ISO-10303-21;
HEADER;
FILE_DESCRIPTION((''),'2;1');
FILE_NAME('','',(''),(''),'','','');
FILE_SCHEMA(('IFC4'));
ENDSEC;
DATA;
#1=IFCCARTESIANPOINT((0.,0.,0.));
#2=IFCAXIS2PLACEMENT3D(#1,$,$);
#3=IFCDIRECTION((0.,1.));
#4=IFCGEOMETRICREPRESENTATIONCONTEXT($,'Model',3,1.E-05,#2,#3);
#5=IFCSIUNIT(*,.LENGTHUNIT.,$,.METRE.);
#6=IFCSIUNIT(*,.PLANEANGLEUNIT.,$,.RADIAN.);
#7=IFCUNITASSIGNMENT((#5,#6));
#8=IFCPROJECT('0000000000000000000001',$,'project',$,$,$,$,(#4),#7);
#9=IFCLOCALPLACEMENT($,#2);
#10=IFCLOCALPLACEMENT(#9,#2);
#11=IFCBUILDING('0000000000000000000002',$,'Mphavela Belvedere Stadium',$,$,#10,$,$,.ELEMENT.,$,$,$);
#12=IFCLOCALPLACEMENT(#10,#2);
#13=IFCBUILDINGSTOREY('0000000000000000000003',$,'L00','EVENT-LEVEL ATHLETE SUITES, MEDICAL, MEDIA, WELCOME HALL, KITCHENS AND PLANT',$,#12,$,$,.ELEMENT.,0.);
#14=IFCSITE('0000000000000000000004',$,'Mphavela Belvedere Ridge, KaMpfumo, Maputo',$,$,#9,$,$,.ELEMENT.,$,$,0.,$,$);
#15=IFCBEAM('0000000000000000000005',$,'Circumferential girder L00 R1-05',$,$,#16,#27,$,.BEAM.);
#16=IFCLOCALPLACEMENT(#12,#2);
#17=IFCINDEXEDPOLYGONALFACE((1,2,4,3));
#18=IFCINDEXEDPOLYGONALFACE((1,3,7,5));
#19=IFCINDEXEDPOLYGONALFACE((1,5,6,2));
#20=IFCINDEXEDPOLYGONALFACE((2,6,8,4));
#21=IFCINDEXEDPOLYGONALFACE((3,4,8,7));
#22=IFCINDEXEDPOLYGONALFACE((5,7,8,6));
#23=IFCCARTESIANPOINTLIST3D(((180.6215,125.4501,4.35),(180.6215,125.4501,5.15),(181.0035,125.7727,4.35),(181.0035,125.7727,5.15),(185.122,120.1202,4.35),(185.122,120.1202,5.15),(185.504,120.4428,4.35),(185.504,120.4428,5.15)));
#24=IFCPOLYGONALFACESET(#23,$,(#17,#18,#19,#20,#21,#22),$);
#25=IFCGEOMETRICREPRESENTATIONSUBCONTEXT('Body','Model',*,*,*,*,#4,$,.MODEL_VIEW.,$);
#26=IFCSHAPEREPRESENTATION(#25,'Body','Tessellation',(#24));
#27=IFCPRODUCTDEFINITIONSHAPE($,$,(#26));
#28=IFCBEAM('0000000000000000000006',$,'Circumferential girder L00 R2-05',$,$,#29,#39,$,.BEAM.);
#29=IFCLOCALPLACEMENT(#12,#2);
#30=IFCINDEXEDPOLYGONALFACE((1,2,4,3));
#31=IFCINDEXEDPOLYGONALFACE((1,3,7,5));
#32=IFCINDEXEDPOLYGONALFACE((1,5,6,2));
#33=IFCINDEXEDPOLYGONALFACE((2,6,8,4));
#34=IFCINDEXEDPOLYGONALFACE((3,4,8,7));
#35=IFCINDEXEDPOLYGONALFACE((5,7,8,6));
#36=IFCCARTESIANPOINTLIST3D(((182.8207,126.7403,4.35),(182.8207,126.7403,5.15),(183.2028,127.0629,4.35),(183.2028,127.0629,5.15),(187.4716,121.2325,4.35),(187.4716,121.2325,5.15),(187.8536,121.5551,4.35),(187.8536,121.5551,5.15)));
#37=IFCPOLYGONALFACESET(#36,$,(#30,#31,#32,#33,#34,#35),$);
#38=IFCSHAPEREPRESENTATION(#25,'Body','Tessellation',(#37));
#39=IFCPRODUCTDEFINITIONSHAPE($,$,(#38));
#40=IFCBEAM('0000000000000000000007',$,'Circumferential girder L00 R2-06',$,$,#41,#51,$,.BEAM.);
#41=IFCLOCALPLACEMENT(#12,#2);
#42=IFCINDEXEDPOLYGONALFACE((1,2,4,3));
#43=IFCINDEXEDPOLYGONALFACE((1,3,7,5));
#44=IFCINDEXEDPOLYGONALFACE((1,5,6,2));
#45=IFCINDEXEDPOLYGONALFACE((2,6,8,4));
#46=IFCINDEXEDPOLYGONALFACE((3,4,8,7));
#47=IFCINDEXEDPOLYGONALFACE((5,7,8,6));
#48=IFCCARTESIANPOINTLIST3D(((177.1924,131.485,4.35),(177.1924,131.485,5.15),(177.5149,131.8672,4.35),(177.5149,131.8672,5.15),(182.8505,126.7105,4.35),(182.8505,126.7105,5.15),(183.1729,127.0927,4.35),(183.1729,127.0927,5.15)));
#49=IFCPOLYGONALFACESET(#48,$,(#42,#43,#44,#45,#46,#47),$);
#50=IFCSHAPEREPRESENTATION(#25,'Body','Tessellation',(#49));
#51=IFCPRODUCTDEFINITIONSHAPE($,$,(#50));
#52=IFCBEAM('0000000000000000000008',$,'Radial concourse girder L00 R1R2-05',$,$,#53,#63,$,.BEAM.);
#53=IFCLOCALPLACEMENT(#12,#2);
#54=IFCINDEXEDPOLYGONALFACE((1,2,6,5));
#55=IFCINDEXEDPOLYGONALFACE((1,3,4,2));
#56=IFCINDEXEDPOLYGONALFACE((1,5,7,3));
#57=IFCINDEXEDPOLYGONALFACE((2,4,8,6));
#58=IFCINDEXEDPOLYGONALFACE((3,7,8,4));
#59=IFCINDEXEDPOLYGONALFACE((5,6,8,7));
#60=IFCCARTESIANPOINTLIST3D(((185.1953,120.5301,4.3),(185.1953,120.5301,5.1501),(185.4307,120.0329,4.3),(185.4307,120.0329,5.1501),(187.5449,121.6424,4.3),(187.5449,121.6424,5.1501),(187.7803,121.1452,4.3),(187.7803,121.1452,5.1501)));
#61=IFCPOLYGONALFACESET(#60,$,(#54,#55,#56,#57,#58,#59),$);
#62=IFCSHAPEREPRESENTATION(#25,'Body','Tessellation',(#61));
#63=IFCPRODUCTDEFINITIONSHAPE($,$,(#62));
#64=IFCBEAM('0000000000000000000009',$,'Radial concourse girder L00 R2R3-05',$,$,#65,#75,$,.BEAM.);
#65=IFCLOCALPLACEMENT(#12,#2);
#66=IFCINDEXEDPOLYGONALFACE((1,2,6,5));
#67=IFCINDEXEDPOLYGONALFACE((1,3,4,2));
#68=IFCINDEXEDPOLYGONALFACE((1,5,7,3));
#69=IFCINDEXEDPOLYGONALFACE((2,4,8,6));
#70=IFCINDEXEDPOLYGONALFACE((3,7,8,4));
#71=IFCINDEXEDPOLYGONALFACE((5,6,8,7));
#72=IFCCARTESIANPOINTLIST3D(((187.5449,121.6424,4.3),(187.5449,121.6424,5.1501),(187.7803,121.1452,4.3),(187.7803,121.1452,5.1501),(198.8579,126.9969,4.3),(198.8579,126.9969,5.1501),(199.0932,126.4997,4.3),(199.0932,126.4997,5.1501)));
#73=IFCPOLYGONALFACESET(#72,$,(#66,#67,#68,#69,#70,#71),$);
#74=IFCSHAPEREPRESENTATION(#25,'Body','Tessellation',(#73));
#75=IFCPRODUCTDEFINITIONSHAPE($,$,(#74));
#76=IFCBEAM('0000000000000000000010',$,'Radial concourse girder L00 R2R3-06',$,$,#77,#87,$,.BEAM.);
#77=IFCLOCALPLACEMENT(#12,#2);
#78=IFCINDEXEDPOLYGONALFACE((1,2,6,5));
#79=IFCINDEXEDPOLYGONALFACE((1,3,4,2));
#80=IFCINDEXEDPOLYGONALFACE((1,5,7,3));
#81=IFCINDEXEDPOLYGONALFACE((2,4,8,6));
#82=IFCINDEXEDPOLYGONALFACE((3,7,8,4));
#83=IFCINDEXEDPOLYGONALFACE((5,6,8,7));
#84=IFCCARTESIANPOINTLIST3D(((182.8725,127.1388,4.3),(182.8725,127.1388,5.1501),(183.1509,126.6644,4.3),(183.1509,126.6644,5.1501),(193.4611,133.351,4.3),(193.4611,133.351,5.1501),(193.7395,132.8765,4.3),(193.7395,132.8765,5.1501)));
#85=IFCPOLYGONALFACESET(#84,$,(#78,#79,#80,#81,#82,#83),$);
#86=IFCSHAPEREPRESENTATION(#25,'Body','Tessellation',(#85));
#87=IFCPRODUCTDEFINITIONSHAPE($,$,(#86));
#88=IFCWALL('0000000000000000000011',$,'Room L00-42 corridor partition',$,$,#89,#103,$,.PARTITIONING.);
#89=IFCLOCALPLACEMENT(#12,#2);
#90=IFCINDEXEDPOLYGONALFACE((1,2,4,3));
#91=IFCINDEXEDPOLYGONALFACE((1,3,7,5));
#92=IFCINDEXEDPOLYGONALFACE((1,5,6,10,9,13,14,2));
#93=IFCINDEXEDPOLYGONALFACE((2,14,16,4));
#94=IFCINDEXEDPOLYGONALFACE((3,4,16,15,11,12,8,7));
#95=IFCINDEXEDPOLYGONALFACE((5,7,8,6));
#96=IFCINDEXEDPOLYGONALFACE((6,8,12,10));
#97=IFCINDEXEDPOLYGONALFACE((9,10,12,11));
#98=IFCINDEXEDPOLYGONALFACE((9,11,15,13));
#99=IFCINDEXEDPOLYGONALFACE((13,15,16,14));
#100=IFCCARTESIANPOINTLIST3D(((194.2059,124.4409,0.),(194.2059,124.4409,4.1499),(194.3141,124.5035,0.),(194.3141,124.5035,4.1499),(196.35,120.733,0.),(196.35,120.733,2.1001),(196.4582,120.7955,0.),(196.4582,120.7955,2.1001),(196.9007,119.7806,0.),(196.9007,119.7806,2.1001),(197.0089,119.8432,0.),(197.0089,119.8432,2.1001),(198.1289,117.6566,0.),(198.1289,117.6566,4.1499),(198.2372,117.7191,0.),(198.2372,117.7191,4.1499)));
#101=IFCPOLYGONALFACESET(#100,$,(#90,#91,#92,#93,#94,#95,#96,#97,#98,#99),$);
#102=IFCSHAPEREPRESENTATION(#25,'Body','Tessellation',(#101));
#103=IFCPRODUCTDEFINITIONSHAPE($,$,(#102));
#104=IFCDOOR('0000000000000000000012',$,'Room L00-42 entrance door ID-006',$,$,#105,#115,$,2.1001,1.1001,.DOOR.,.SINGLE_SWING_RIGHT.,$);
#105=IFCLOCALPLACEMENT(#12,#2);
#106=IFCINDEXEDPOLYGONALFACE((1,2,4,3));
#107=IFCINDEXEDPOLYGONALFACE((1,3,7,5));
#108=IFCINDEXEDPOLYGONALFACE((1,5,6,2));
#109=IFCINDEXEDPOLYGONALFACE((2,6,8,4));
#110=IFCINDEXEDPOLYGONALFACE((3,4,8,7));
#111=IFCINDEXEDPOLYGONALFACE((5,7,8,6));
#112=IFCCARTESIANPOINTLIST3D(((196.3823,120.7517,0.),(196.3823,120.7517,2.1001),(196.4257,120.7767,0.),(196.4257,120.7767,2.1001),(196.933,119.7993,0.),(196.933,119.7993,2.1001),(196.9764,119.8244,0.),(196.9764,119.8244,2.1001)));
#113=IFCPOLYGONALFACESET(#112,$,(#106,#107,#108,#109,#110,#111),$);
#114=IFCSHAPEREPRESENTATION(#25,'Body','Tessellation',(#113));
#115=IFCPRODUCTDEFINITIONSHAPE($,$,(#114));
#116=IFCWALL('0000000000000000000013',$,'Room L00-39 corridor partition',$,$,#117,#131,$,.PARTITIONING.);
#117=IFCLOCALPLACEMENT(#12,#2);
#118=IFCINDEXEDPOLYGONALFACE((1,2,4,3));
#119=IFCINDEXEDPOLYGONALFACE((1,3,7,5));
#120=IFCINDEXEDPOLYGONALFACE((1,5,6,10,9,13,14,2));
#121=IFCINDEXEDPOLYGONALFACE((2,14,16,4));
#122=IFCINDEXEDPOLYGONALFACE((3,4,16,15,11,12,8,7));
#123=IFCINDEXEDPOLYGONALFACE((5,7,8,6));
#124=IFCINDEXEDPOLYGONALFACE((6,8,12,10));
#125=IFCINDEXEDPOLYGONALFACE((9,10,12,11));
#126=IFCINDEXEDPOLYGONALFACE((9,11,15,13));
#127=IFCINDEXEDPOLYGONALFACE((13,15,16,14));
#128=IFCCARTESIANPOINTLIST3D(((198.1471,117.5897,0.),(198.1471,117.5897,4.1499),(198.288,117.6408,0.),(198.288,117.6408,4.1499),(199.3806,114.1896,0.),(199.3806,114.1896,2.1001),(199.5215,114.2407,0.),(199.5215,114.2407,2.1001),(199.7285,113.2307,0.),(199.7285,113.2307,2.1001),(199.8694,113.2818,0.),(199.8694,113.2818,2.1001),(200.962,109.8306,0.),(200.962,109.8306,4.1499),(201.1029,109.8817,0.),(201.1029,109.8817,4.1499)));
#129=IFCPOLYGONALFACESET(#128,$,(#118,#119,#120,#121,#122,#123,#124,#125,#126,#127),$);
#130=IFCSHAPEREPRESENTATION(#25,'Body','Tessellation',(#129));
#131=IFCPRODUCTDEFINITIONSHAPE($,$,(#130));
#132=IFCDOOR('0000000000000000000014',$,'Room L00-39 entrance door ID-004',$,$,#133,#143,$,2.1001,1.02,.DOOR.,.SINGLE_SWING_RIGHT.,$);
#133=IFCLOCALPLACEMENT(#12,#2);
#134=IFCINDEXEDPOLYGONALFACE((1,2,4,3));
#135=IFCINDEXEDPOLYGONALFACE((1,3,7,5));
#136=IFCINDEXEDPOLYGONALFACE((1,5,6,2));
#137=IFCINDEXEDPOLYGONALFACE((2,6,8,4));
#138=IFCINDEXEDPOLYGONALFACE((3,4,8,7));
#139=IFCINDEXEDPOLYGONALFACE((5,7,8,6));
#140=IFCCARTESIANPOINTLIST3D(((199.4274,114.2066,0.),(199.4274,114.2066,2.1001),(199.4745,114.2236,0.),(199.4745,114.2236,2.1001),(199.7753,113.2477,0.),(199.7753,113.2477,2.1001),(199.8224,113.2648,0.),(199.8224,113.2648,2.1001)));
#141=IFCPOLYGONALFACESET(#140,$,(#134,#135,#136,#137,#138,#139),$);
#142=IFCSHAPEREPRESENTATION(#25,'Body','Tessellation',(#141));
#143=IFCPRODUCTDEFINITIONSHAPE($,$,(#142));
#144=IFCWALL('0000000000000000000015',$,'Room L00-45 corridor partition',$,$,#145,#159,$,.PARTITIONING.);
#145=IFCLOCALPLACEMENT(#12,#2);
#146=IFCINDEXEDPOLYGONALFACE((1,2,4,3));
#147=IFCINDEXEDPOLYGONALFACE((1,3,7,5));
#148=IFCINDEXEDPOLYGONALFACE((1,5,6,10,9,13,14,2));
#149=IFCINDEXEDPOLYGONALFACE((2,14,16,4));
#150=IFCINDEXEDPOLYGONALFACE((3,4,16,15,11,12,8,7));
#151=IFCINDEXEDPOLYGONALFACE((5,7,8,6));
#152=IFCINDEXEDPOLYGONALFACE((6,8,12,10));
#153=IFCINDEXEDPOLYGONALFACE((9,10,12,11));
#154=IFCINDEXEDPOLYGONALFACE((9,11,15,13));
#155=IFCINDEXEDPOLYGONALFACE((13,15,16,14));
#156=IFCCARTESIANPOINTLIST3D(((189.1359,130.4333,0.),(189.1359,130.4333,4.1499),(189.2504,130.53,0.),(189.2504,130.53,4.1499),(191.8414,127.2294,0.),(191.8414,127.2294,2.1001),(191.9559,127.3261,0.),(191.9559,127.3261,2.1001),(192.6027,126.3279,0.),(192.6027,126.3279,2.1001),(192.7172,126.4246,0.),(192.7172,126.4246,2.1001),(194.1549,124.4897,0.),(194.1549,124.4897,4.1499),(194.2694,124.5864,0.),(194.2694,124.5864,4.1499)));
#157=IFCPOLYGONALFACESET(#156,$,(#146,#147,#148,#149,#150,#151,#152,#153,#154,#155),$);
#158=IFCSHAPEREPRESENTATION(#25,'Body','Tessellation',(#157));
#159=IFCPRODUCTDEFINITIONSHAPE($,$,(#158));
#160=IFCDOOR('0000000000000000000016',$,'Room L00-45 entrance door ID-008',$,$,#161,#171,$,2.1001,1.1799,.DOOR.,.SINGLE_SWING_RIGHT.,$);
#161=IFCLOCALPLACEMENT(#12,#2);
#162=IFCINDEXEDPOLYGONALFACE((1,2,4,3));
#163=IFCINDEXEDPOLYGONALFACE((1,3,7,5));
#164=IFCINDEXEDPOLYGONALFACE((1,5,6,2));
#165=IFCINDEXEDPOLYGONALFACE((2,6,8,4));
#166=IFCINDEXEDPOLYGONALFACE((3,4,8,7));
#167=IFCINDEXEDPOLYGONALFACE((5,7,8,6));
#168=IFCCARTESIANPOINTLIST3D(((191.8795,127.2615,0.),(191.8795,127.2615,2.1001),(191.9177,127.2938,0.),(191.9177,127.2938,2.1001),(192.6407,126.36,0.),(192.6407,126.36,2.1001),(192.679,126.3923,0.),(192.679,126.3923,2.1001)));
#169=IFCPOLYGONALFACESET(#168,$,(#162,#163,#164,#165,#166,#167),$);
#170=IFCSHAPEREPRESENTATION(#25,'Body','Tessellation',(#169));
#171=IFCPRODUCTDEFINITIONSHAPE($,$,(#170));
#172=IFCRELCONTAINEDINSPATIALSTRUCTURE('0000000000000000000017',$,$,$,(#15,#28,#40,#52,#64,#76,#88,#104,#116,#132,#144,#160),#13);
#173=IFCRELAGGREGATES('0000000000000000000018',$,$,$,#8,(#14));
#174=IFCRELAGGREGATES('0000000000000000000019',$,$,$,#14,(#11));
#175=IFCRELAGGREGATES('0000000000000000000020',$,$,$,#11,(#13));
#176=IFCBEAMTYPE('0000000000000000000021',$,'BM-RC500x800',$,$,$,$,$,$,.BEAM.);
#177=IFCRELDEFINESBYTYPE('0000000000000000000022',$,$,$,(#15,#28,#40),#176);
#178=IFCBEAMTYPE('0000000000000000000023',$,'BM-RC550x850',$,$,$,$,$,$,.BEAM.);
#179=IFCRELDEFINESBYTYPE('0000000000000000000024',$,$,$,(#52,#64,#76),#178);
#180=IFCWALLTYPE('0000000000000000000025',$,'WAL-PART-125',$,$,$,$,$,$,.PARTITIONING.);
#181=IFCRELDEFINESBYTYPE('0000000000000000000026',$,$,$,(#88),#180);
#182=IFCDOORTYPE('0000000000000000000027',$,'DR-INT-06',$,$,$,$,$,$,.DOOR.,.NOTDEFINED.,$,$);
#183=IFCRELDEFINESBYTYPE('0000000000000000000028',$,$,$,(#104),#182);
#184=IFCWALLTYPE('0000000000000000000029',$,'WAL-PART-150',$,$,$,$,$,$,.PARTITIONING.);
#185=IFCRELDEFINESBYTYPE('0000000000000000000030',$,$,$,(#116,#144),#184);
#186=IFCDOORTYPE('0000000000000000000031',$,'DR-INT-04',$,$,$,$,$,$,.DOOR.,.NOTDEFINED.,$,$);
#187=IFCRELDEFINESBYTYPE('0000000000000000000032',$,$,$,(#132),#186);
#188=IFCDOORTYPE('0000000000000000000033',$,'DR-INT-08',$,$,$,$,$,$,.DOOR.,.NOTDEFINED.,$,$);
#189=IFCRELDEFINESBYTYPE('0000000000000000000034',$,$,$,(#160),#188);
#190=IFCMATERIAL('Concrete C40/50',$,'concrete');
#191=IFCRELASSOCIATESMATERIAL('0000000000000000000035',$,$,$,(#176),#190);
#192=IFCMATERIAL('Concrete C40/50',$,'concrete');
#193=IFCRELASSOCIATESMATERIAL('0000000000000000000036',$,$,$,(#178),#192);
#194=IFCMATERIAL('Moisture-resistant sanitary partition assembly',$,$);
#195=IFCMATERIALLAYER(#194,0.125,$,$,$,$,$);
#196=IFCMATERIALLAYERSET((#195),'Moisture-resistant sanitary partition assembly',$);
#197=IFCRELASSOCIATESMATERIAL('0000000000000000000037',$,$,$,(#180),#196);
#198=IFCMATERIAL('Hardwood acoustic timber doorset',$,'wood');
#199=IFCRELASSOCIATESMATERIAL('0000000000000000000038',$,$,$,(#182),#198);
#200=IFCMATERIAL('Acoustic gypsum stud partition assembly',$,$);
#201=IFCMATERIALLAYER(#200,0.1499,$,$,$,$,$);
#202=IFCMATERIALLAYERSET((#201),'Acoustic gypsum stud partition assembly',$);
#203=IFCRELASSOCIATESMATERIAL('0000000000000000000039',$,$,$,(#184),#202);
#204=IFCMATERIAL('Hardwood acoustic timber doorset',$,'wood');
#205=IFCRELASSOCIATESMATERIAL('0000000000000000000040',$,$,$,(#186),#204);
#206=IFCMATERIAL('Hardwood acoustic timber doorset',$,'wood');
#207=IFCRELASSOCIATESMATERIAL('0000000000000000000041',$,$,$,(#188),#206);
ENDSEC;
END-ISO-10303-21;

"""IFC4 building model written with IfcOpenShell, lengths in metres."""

from ifc_helpers import new_model, si_unit, direction, frame, frame_2d, origin, origin_2d, place, context, subcontext, project, spatial, rectangle, extrude, material, layer, layer_set, material_profile, profile_set, type_object, element, fill, save


model = new_model("IFC4")

# Units and contexts
model_context = context("Model", 3, precision=1e-05, world=origin(), true_north=direction((0.0, 1.0)))
body_context = subcontext(model_context, "Body", "Model", "MODEL_VIEW")
ifc_project = project(units=[si_unit("LENGTHUNIT", "METRE"), si_unit("PLANEANGLEUNIT", "RADIAN")], contexts=[model_context])

# Site, building, storey
site_placement = place(None, origin())
site = spatial("IfcSite", under=ifc_project, at=site_placement, Name="Mphavela Belvedere Ridge, KaMpfumo, Maputo", CompositionType="ELEMENT", RefElevation=0.0)
building_placement = place(site_placement, origin())
building = spatial("IfcBuilding", under=site, at=building_placement, Name="Mphavela Belvedere Stadium", CompositionType="ELEMENT")
storey_placement = place(building_placement, origin())
storey = spatial("IfcBuildingStorey", under=building, at=storey_placement, Name="L00", Description="EVENT-LEVEL ATHLETE SUITES, MEDICAL, MEDIA, WELCOME HALL, KITCHENS AND PLANT", CompositionType="ELEMENT", Elevation=0.0)

# Beams
ifc_material_1 = material(Name="Concrete C40/50", Category="concrete")
ifc_material_profile_1 = material_profile(ifc_material_1, rectangle(XDim=0.5, YDim=0.8, at=origin_2d()), Name="RC 500x800")
ifc_profile_set_1 = profile_set([ifc_material_profile_1], Name="Concrete C40/50")
beam_type_1 = type_object("IfcBeamType", Name="BM-RC500x800", PredefinedType="BEAM", material=ifc_profile_set_1)
beam_1_placement = place(storey_placement, frame((185.313, 120.2815, 4.75), z_axis=(-0.645159, 0.764048, 0.0), x_axis=(-0.764048, -0.645159, 0.0)))
element("IfcBeam", 1, at=beam_1_placement, inside=storey, type_object=beam_type_1, Name="Circumferential girder L00 R1-05", PredefinedType="BEAM", context=body_context, shape_type="SweptSolid", body=[
    extrude(rectangle(XDim=0.5, YDim=0.8, at=origin_2d()), origin(), (0.0, 0.0, 1.0), 6.9758),
])
beam_2_placement = place(storey_placement, frame((187.6626, 121.3938, 4.75), z_axis=(-0.645168, 0.764041, 0.0), x_axis=(-0.764041, -0.645168, 0.0)))
element("IfcBeam", 2, at=beam_2_placement, inside=storey, type_object=beam_type_1, Name="Circumferential girder L00 R2-05", PredefinedType="BEAM", context=body_context, shape_type="SweptSolid", body=[
    extrude(rectangle(XDim=0.5, YDim=0.8, at=origin_2d()), origin(), (0.0, 0.0, 1.0), 7.2087),
])
beam_3_placement = place(storey_placement, frame((183.0117, 126.9016, 4.75), z_axis=(-0.764257, 0.644911, 0.0), x_axis=(-0.644911, -0.764257, 0.0)))
element("IfcBeam", 3, at=beam_3_placement, inside=storey, type_object=beam_type_1, Name="Circumferential girder L00 R2-06", PredefinedType="BEAM", context=body_context, shape_type="SweptSolid", body=[
    extrude(rectangle(XDim=0.5, YDim=0.8, at=origin_2d()), origin(), (0.0, 0.0, 1.0), 7.4033),
])
ifc_material_2 = material(Name="Concrete C40/50", Category="concrete")
ifc_material_profile_2 = material_profile(ifc_material_2, rectangle(XDim=0.55, YDim=0.8501, at=origin_2d()), Name="RC 550x850")
ifc_profile_set_2 = profile_set([ifc_material_profile_2], Name="Concrete C40/50")
beam_type_2 = type_object("IfcBeamType", Name="BM-RC550x850", PredefinedType="BEAM", material=ifc_profile_set_2)
beam_4_placement = place(storey_placement, frame((185.313, 120.2815, 4.7251), z_axis=(0.903837, 0.427876, 0.0), x_axis=(-0.427876, 0.903837, 0.0)))
element("IfcBeam", 4, at=beam_4_placement, inside=storey, type_object=beam_type_2, Name="Radial concourse girder L00 R1R2-05", PredefinedType="BEAM", context=body_context, shape_type="SweptSolid", body=[
    extrude(rectangle(XDim=0.55, YDim=0.8501, at=origin_2d()), origin(), (0.0, 0.0, 1.0), 2.5996),
])
beam_5_placement = place(storey_placement, frame((187.6626, 121.3938, 4.7251), z_axis=(0.90387, 0.427806, 0.0), x_axis=(-0.427806, 0.90387, 0.0)))
element("IfcBeam", 5, at=beam_5_placement, inside=storey, type_object=beam_type_2, Name="Radial concourse girder L00 R2R3-05", PredefinedType="BEAM", context=body_context, shape_type="SweptSolid", body=[
    extrude(rectangle(XDim=0.55, YDim=0.8501, at=origin_2d()), origin(), (0.0, 0.0, 1.0), 12.5161),
])
beam_6_placement = place(storey_placement, frame((183.0117, 126.9016, 4.7251), z_axis=(0.862519, 0.506025, 0.0), x_axis=(-0.506025, 0.862519, 0.0)))
element("IfcBeam", 6, at=beam_6_placement, inside=storey, type_object=beam_type_2, Name="Radial concourse girder L00 R2R3-06", PredefinedType="BEAM", context=body_context, shape_type="SweptSolid", body=[
    extrude(rectangle(XDim=0.55, YDim=0.8501, at=origin_2d()), origin(), (0.0, 0.0, 1.0), 12.2764),
])

# Walls, openings, doors
ifc_material_3 = material(Name="Moisture-resistant sanitary partition assembly")
ifc_layer_1 = layer(ifc_material_3, 0.125)
ifc_layer_set_1 = layer_set([ifc_layer_1], Name="Moisture-resistant sanitary partition assembly")
wall_type_1 = type_object("IfcWallType", Name="WAL-PART-125", PredefinedType="PARTITIONING", material=ifc_layer_set_1)
wall_1_placement = place(storey_placement, frame((194.26, 124.4722, 0.0), z_axis=(0.0, 0.0, 1.0), x_axis=(0.500584, -0.865688, 0.0)))
wall_1 = element("IfcWall", 7, at=wall_1_placement, inside=storey, type_object=wall_type_1, Name="Room L00-42 corridor partition", PredefinedType="PARTITIONING", context=body_context, shape_type="SweptSolid", body=[
    extrude(rectangle(XDim=7.8369, YDim=0.125, at=frame_2d((3.9185, 0.0))), origin(), (0.0, 0.0, 1.0), 4.1499),
])
opening_1_placement = place(wall_1_placement, frame((4.2832, 0.0, 0.0)))
opening_1 = element("IfcOpeningElement", 8, at=opening_1_placement, cuts=wall_1, PredefinedType="OPENING", context=body_context, shape_type="SweptSolid", body=[
    extrude(rectangle(XDim=1.1001, YDim=2.1001, at=frame_2d((0.55, 1.05))), frame((0.0, 0.0725, 0.0), z_axis=(0.0, -1.0, 0.0), x_axis=(1.0, 0.0, 0.0)), (0.0, 0.0, 1.0), 0.145),
])
ifc_material_4 = material(Name="Hardwood acoustic timber doorset", Category="wood")
door_type_1 = type_object("IfcDoorType", Name="DR-INT-06", OperationType="NOTDEFINED", PredefinedType="DOOR", material=ifc_material_4)
door_1_placement = place(opening_1_placement, origin())
door_1 = element("IfcDoor", 9, at=door_1_placement, inside=storey, type_object=door_type_1, Name="Room L00-42 entrance door ID-006", OperationType="SINGLE_SWING_RIGHT", OverallHeight=2.1001, OverallWidth=1.1001, PredefinedType="DOOR", context=body_context, shape_type="SweptSolid", body=[
    extrude(rectangle(XDim=1.1001, YDim=2.1001, at=frame_2d((0.55, 1.05))), frame((0.0, 0.0249, 0.0), z_axis=(0.0, -1.0, 0.0), x_axis=(1.0, 0.0, 0.0)), (0.0, 0.0, 1.0), 0.05),
])
fill(opening_1, door_1)
ifc_material_5 = material(Name="Acoustic gypsum stud partition assembly")
ifc_layer_2 = layer(ifc_material_5, 0.1499)
ifc_layer_set_2 = layer_set([ifc_layer_2], Name="Acoustic gypsum stud partition assembly")
wall_type_2 = type_object("IfcWallType", Name="WAL-PART-150", PredefinedType="PARTITIONING", material=ifc_layer_set_2)
wall_2_placement = place(storey_placement, frame((198.2175, 117.6152, 0.0), z_axis=(0.0, 0.0, 1.0), x_axis=(0.341045, -0.940047, 0.0)))
wall_2 = element("IfcWall", 10, at=wall_2_placement, inside=storey, type_object=wall_type_2, Name="Room L00-39 corridor partition", PredefinedType="PARTITIONING", context=body_context, shape_type="SweptSolid", body=[
    extrude(rectangle(XDim=8.2539, YDim=0.1499, at=frame_2d((4.127, 0.0))), origin(), (0.0, 0.0, 1.0), 4.1499),
])
opening_2_placement = place(wall_2_placement, frame((3.6169, 0.0, 0.0)))
opening_2 = element("IfcOpeningElement", 11, at=opening_2_placement, cuts=wall_2, PredefinedType="OPENING", context=body_context, shape_type="SweptSolid", body=[
    extrude(rectangle(XDim=1.02, YDim=2.1001, at=frame_2d((0.51, 1.05))), frame((0.0, 0.085, 0.0), z_axis=(0.0, -1.0, 0.0), x_axis=(1.0, 0.0, 0.0)), (0.0, 0.0, 1.0), 0.1699),
])
ifc_material_6 = material(Name="Hardwood acoustic timber doorset", Category="wood")
door_type_2 = type_object("IfcDoorType", Name="DR-INT-04", OperationType="NOTDEFINED", PredefinedType="DOOR", material=ifc_material_6)
door_2_placement = place(opening_2_placement, origin())
door_2 = element("IfcDoor", 12, at=door_2_placement, inside=storey, type_object=door_type_2, Name="Room L00-39 entrance door ID-004", OperationType="SINGLE_SWING_RIGHT", OverallHeight=2.1001, OverallWidth=1.02, PredefinedType="DOOR", context=body_context, shape_type="SweptSolid", body=[
    extrude(rectangle(XDim=1.02, YDim=2.1001, at=frame_2d((0.51, 1.05))), frame((0.0, 0.0249, 0.0), z_axis=(0.0, -1.0, 0.0), x_axis=(1.0, 0.0, 0.0)), (0.0, 0.0, 1.0), 0.05),
])
fill(opening_2, door_2)
wall_3_placement = place(storey_placement, frame((189.1931, 130.4817, 0.0), z_axis=(0.0, 0.0, 1.0), x_axis=(0.645181, -0.76403, 0.0)))
wall_3 = element("IfcWall", 13, at=wall_3_placement, inside=storey, type_object=wall_type_2, Name="Room L00-45 corridor partition", PredefinedType="PARTITIONING", context=body_context, shape_type="SweptSolid", body=[
    extrude(rectangle(XDim=7.7793, YDim=0.1499, at=frame_2d((3.8896, 0.0))), origin(), (0.0, 0.0, 1.0), 4.1499),
])
opening_3_placement = place(wall_3_placement, frame((4.1936, 0.0, 0.0)))
opening_3 = element("IfcOpeningElement", 14, at=opening_3_placement, cuts=wall_3, PredefinedType="OPENING", context=body_context, shape_type="SweptSolid", body=[
    extrude(rectangle(XDim=1.1799, YDim=2.1001, at=frame_2d((0.5898, 1.05))), frame((0.0, 0.085, 0.0), z_axis=(0.0, -1.0, 0.0), x_axis=(1.0, 0.0, 0.0)), (0.0, 0.0, 1.0), 0.1699),
])
ifc_material_7 = material(Name="Hardwood acoustic timber doorset", Category="wood")
door_type_3 = type_object("IfcDoorType", Name="DR-INT-08", OperationType="NOTDEFINED", PredefinedType="DOOR", material=ifc_material_7)
door_3_placement = place(opening_3_placement, origin())
door_3 = element("IfcDoor", 15, at=door_3_placement, inside=storey, type_object=door_type_3, Name="Room L00-45 entrance door ID-008", OperationType="SINGLE_SWING_RIGHT", OverallHeight=2.1001, OverallWidth=1.1799, PredefinedType="DOOR", context=body_context, shape_type="SweptSolid", body=[
    extrude(rectangle(XDim=1.1799, YDim=2.1001, at=frame_2d((0.5898, 1.05))), frame((0.0, 0.0249, 0.0), z_axis=(0.0, -1.0, 0.0), x_axis=(1.0, 0.0, 0.0)), (0.0, 0.0, 1.0), 0.05),
])
fill(opening_3, door_3)

save(model, "model.ifc")
